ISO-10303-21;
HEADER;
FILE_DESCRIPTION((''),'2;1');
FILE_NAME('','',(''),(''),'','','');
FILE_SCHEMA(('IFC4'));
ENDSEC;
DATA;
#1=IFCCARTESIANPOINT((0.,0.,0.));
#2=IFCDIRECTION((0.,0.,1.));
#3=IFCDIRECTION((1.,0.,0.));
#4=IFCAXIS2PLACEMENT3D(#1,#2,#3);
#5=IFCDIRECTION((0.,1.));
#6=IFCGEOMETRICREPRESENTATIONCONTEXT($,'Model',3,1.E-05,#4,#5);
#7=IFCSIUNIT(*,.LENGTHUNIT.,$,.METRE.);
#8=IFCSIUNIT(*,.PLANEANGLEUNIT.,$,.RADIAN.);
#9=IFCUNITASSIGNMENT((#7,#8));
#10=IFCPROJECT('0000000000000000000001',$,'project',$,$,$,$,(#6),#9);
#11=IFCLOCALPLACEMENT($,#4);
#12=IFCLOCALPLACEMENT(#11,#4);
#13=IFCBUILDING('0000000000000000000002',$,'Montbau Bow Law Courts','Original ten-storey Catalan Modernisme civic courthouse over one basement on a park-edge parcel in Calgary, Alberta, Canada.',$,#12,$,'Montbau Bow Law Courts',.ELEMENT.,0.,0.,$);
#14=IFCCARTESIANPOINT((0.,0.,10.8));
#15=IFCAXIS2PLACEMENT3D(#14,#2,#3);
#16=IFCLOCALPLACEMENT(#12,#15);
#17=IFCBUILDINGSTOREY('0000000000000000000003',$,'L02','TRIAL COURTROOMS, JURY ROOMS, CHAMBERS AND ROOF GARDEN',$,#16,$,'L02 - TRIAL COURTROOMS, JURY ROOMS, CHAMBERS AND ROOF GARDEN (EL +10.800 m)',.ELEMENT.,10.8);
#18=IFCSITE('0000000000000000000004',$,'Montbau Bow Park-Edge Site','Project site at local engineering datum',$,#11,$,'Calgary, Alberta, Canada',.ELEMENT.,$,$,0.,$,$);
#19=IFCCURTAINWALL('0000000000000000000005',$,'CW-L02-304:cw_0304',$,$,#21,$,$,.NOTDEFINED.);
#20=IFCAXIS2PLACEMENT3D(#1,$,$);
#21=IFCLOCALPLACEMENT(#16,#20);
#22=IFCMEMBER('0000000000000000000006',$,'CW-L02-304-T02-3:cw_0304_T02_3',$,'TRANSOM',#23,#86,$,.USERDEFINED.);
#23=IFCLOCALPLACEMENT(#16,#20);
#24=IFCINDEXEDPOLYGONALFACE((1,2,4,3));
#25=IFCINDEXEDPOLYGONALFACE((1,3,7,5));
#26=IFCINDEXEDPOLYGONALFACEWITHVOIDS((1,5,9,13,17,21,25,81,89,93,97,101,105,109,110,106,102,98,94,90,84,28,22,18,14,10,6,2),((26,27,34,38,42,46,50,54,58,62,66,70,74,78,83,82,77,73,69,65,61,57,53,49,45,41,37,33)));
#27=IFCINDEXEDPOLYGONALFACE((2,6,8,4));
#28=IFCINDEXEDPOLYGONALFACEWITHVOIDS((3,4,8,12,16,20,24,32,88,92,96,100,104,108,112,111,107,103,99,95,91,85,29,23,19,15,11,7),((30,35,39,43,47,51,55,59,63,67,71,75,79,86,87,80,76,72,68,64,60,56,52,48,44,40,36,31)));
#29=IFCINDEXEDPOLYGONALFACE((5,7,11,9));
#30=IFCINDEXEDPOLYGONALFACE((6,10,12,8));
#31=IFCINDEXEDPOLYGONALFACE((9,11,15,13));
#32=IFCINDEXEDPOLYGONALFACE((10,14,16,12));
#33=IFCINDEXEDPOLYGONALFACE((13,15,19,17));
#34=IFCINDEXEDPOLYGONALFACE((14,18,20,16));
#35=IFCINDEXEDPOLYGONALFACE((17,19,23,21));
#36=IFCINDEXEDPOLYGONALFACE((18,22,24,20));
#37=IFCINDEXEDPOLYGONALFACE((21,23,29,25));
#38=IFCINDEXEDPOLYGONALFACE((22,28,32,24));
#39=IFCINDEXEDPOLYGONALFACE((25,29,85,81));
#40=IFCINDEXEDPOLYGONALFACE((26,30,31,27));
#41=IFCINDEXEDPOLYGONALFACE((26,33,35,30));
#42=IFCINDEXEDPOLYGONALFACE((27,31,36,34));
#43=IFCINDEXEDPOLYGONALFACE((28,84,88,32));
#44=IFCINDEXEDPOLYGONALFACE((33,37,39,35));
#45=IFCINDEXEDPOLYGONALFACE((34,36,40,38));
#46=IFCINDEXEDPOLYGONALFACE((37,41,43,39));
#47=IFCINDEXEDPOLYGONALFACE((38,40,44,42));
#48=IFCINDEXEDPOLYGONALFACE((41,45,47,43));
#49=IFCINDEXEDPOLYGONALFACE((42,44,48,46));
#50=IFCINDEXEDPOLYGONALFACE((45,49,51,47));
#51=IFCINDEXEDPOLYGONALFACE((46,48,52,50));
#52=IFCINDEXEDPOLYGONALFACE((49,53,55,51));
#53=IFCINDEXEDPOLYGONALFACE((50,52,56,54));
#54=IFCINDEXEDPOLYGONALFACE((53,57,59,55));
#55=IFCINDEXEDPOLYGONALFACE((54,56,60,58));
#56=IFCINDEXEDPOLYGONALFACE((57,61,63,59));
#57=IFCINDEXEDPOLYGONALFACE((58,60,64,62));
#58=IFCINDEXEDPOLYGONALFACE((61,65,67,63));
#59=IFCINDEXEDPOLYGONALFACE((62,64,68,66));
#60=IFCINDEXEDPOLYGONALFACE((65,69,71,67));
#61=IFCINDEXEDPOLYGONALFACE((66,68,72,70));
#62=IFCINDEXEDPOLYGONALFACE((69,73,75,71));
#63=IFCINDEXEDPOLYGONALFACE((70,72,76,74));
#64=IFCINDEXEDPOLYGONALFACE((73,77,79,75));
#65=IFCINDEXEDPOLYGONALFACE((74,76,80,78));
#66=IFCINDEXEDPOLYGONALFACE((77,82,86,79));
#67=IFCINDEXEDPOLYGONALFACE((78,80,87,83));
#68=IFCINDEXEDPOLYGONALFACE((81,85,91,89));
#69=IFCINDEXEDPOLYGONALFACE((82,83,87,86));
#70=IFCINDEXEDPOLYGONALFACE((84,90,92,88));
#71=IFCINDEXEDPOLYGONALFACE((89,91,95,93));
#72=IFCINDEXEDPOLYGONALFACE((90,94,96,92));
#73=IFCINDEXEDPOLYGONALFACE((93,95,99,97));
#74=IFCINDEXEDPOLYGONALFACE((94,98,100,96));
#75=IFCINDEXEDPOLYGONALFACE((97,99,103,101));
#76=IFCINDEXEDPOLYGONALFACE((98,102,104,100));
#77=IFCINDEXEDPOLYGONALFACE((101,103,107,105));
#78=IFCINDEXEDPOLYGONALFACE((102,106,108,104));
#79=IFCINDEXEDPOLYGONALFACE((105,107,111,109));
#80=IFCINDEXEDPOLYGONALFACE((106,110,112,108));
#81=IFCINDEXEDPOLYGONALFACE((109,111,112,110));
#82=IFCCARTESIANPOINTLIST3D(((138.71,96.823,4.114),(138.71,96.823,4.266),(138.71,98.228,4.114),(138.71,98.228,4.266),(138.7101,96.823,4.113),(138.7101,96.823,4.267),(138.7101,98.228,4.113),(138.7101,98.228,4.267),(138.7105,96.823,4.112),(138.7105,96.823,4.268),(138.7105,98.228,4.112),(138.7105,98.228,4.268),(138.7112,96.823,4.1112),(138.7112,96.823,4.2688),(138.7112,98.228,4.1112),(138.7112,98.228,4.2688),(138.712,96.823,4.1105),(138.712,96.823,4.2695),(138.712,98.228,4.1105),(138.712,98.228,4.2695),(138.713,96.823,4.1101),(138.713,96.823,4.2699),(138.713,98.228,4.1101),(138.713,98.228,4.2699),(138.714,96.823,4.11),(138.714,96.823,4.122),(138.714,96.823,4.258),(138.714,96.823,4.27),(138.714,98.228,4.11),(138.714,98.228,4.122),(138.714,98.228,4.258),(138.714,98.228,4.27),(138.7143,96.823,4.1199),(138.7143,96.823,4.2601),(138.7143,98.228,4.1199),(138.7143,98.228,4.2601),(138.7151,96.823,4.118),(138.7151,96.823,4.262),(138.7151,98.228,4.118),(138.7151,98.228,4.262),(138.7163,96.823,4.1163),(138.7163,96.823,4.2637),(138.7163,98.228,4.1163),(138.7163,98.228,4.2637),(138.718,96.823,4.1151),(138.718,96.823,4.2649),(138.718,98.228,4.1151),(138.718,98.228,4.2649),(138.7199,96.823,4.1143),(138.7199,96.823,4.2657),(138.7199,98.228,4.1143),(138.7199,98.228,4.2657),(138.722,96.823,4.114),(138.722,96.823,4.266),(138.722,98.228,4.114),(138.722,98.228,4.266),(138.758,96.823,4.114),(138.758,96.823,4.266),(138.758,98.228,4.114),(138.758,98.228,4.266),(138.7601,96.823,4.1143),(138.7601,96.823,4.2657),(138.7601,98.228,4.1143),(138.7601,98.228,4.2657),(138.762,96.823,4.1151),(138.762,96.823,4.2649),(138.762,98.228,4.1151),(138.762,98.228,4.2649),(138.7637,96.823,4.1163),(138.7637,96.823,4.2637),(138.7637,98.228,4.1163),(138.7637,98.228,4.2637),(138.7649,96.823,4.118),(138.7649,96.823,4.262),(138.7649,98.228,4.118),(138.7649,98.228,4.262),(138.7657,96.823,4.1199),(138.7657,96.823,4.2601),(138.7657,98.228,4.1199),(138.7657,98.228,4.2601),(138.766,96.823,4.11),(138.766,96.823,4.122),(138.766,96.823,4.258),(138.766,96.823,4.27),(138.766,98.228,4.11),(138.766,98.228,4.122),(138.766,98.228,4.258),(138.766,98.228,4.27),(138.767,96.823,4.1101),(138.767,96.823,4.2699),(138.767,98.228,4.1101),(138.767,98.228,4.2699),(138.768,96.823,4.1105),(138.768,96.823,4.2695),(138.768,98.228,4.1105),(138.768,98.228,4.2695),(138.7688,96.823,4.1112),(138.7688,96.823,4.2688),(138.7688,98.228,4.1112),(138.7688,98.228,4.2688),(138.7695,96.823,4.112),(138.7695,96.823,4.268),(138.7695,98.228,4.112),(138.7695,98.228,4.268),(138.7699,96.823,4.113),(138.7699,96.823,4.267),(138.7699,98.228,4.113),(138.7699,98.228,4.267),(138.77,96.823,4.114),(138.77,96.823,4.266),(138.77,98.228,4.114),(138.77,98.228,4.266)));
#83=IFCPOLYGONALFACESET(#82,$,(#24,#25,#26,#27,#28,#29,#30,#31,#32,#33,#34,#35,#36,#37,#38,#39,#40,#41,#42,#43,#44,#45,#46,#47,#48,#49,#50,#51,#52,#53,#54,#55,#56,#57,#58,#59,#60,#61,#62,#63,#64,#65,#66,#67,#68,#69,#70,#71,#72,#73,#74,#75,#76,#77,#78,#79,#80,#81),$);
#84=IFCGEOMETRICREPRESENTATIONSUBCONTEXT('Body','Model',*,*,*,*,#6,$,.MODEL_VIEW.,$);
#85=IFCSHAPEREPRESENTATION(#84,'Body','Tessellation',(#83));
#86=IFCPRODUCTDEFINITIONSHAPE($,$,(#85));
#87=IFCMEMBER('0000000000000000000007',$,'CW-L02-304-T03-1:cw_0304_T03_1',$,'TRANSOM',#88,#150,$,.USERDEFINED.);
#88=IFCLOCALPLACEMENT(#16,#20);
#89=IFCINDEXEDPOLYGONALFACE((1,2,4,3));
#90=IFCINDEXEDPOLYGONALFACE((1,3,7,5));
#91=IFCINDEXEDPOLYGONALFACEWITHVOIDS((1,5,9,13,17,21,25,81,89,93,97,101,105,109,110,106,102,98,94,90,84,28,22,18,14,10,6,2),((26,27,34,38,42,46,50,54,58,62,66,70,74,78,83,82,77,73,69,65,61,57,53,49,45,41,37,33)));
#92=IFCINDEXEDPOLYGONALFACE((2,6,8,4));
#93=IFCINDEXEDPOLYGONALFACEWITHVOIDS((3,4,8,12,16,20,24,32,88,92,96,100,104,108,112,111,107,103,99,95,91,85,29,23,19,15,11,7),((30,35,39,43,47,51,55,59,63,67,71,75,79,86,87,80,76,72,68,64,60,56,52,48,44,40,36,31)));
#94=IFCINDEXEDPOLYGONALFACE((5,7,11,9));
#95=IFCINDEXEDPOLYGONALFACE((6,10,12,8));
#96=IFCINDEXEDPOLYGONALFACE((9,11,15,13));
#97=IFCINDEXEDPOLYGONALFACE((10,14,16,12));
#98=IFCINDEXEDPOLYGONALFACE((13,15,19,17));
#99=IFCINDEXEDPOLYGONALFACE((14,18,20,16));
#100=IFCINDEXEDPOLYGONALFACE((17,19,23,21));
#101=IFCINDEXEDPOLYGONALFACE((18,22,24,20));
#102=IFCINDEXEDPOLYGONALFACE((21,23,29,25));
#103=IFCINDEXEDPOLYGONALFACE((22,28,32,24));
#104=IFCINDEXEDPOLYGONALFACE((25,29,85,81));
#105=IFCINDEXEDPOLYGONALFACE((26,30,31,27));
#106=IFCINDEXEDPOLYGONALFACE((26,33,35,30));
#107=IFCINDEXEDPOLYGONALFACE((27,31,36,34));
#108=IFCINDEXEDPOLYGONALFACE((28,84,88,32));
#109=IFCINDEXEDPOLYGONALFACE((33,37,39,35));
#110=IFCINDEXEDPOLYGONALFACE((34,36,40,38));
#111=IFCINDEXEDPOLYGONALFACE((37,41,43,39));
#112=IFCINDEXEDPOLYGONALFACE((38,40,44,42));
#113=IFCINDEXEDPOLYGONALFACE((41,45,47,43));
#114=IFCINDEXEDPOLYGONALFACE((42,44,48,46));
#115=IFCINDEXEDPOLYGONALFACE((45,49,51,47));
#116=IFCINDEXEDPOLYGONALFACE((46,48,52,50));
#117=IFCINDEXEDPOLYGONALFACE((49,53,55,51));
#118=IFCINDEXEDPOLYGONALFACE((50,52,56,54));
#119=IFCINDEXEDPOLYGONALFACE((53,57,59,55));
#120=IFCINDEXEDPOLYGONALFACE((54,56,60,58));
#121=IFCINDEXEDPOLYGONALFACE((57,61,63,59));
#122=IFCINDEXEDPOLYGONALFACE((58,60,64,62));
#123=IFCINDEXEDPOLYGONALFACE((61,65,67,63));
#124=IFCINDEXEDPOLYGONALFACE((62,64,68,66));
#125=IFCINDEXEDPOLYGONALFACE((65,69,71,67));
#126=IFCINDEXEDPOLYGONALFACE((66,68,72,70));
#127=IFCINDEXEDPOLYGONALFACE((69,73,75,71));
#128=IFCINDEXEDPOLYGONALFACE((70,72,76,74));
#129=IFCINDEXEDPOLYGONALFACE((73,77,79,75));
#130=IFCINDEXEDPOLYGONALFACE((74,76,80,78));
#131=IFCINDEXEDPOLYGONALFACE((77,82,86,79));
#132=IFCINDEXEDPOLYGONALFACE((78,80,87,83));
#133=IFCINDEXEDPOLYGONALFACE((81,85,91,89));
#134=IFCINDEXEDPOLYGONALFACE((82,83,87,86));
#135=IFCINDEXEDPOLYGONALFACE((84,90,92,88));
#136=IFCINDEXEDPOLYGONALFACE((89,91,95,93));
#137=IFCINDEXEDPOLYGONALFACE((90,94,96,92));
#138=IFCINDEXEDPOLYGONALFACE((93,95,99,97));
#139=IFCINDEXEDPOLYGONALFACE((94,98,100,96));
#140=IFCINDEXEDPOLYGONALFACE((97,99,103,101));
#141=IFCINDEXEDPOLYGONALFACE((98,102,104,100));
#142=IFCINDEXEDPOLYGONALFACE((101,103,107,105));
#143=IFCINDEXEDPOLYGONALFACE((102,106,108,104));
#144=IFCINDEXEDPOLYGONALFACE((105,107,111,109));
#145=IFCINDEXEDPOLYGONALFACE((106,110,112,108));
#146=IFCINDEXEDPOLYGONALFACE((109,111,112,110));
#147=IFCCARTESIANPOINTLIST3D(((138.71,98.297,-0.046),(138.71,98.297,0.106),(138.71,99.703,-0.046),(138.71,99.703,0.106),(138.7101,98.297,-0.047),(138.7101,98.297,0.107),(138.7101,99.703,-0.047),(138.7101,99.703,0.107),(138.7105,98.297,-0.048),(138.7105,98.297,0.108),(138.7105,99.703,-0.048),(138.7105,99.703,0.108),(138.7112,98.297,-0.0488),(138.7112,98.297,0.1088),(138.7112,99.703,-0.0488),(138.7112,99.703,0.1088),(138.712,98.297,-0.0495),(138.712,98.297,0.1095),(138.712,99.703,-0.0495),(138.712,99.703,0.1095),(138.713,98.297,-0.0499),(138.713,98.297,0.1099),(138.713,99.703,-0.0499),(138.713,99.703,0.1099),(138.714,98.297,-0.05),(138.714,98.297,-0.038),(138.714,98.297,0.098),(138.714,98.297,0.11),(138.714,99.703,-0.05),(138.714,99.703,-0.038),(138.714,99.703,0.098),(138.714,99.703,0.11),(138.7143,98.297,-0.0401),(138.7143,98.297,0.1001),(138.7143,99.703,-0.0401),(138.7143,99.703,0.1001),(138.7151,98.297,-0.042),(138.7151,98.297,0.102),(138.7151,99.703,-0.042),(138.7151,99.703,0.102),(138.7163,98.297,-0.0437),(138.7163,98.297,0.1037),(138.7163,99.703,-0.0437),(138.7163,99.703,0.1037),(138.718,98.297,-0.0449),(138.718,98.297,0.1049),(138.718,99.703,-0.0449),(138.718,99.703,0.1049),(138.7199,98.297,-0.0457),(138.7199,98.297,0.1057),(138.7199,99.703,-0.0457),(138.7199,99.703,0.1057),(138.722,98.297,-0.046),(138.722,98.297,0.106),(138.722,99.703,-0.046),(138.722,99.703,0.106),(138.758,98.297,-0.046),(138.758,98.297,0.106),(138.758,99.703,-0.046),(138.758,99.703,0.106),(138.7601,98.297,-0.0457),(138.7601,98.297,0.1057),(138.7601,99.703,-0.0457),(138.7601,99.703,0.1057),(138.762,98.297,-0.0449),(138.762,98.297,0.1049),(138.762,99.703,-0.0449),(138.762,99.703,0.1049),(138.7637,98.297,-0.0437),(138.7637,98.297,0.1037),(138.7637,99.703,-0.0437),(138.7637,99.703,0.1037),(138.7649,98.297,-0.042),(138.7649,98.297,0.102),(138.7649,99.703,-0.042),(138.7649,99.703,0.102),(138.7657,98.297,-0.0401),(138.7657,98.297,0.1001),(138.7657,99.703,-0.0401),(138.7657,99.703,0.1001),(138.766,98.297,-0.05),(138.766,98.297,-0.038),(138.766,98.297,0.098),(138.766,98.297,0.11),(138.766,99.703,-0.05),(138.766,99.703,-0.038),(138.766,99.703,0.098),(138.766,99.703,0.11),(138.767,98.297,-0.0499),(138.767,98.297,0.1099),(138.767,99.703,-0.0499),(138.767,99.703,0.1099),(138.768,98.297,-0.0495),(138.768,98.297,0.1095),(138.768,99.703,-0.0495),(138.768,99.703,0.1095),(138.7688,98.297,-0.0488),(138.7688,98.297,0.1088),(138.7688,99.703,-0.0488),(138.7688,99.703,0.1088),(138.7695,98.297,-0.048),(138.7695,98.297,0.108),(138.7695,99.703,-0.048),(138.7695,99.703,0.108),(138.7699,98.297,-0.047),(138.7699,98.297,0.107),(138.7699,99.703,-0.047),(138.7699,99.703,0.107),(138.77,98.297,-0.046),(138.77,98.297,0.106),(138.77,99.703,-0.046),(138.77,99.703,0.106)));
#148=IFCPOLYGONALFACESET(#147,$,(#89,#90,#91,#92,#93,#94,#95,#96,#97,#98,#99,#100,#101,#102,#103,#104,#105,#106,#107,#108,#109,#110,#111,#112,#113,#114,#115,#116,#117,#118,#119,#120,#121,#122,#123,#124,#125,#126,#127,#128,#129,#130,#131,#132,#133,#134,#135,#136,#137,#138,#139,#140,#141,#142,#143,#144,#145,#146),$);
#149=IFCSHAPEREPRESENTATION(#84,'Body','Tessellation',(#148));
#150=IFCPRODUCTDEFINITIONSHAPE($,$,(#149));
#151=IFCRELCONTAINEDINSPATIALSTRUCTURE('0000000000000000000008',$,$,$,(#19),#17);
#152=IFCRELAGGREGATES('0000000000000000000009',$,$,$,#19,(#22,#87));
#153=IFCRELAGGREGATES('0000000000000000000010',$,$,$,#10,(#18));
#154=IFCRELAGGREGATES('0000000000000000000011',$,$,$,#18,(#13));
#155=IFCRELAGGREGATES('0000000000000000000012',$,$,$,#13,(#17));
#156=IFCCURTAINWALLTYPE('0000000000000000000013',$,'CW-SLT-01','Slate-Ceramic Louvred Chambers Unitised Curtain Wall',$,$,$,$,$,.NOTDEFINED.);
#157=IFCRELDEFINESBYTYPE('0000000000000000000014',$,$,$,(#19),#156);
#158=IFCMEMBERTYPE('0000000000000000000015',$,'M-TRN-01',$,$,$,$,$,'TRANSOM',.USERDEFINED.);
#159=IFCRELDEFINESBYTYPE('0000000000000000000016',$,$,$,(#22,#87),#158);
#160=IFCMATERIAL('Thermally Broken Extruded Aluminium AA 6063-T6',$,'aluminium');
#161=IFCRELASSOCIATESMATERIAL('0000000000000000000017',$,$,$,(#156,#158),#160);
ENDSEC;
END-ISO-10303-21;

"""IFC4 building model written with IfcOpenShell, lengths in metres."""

from ifc_helpers import new_model, si_unit, direction, frame, origin_with_axes, origin_2d_with_axis, place, context, subcontext, project, spatial, hollow_rectangle, extrude, material, material_profile, profile_set, type_object, element, aggregate, save


model = new_model("IFC4")

# Units and contexts
model_context = context("Model", 3, precision=1e-05, world=origin_with_axes(), true_north=direction((0.0, 1.0)))
body_context = subcontext(model_context, "Body", "Model", "MODEL_VIEW")
ifc_project = project(units=[si_unit("LENGTHUNIT", "METRE"), si_unit("PLANEANGLEUNIT", "RADIAN")], contexts=[model_context])

# Site, building, storey
site_placement = place(None, origin_with_axes())
site = spatial("IfcSite", under=ifc_project, at=site_placement, Name="Montbau Bow Park-Edge Site", Description="Project site at local engineering datum", LongName="Calgary, Alberta, Canada", CompositionType="ELEMENT", RefElevation=0.0)
building_placement = place(site_placement, origin_with_axes())
building = spatial("IfcBuilding", under=site, at=building_placement, Name="Montbau Bow Law Courts", Description="Original ten-storey Catalan Modernisme civic courthouse over one basement on a park-edge parcel in Calgary, Alberta, Canada.", LongName="Montbau Bow Law Courts", CompositionType="ELEMENT", ElevationOfRefHeight=0.0, ElevationOfTerrain=0.0)
storey_placement = place(building_placement, frame((0.0, 0.0, 10.8), z_axis=(0.0, 0.0, 1.0), x_axis=(1.0, 0.0, 0.0)))
storey = spatial("IfcBuildingStorey", under=building, at=storey_placement, Name="L02", Description="TRIAL COURTROOMS, JURY ROOMS, CHAMBERS AND ROOF GARDEN", LongName="L02 - TRIAL COURTROOMS, JURY ROOMS, CHAMBERS AND ROOF GARDEN (EL +10.800 m)", CompositionType="ELEMENT", Elevation=10.8)

# Curtain wall, members
ifc_material_1 = material(Name="Thermally Broken Extruded Aluminium AA 6063-T6", Category="aluminium")
curtain_wall_type = type_object("IfcCurtainWallType", Name="CW-SLT-01", Description="Slate-Ceramic Louvred Chambers Unitised Curtain Wall", PredefinedType="NOTDEFINED", material=ifc_material_1)
curtain_wall_placement = place(None, frame((138.74, 95.315, 10.8), z_axis=(0.0, 0.0, 1.0), x_axis=(1.0, 0.0, 0.0)))
curtain_wall = element("IfcCurtainWall", 1, at=curtain_wall_placement, inside=storey, type_object=curtain_wall_type, Name="CW-L02-304:cw_0304", PredefinedType="NOTDEFINED")
ifc_material_profile_1 = material_profile(ifc_material_1, hollow_rectangle(XDim=0.06, YDim=0.16, WallThickness=0.004, InnerFilletRadius=0.008, OuterFilletRadius=0.004, at=origin_2d_with_axis()), Name="CWT-160X60", Category="Main", Priority=0)
ifc_profile_set_1 = profile_set([ifc_material_profile_1], Name="Thermally Broken Extruded Aluminium AA 6063-T6")
member_type_1 = type_object("IfcMemberType", Name="M-TRN-01", ElementType="TRANSOM", PredefinedType="USERDEFINED", material=ifc_profile_set_1)
member_1_placement = place(None, frame((138.74, 96.823, 14.99), z_axis=(0.0, 1.0, 0.0), x_axis=(-1.0, 0.0, 0.0)))
member_1 = element("IfcMember", 2, at=member_1_placement, type_object=member_type_1, Name="CW-L02-304-T02-3:cw_0304_T02_3", ObjectType="TRANSOM", PredefinedType="USERDEFINED", context=body_context, shape_type="SweptSolid", body=[
    extrude(hollow_rectangle(XDim=0.06, YDim=0.16, WallThickness=0.004, InnerFilletRadius=0.008, OuterFilletRadius=0.004, at=origin_2d_with_axis()), origin_with_axes(), (0.0, 0.0, 1.0), 1.405),
])
member_2_placement = place(None, frame((138.74, 98.297, 10.83), z_axis=(0.0, 1.0, 0.0), x_axis=(-1.0, 0.0, 0.0)))
member_2 = element("IfcMember", 3, at=member_2_placement, type_object=member_type_1, Name="CW-L02-304-T03-1:cw_0304_T03_1", ObjectType="TRANSOM", PredefinedType="USERDEFINED", context=body_context, shape_type="SweptSolid", body=[
    extrude(hollow_rectangle(XDim=0.06, YDim=0.16, WallThickness=0.004, InnerFilletRadius=0.008, OuterFilletRadius=0.004, at=origin_2d_with_axis()), origin_with_axes(), (0.0, 0.0, 1.0), 1.406),
])
aggregate(curtain_wall, [member_1, member_2])

save(model, "model.ifc")
